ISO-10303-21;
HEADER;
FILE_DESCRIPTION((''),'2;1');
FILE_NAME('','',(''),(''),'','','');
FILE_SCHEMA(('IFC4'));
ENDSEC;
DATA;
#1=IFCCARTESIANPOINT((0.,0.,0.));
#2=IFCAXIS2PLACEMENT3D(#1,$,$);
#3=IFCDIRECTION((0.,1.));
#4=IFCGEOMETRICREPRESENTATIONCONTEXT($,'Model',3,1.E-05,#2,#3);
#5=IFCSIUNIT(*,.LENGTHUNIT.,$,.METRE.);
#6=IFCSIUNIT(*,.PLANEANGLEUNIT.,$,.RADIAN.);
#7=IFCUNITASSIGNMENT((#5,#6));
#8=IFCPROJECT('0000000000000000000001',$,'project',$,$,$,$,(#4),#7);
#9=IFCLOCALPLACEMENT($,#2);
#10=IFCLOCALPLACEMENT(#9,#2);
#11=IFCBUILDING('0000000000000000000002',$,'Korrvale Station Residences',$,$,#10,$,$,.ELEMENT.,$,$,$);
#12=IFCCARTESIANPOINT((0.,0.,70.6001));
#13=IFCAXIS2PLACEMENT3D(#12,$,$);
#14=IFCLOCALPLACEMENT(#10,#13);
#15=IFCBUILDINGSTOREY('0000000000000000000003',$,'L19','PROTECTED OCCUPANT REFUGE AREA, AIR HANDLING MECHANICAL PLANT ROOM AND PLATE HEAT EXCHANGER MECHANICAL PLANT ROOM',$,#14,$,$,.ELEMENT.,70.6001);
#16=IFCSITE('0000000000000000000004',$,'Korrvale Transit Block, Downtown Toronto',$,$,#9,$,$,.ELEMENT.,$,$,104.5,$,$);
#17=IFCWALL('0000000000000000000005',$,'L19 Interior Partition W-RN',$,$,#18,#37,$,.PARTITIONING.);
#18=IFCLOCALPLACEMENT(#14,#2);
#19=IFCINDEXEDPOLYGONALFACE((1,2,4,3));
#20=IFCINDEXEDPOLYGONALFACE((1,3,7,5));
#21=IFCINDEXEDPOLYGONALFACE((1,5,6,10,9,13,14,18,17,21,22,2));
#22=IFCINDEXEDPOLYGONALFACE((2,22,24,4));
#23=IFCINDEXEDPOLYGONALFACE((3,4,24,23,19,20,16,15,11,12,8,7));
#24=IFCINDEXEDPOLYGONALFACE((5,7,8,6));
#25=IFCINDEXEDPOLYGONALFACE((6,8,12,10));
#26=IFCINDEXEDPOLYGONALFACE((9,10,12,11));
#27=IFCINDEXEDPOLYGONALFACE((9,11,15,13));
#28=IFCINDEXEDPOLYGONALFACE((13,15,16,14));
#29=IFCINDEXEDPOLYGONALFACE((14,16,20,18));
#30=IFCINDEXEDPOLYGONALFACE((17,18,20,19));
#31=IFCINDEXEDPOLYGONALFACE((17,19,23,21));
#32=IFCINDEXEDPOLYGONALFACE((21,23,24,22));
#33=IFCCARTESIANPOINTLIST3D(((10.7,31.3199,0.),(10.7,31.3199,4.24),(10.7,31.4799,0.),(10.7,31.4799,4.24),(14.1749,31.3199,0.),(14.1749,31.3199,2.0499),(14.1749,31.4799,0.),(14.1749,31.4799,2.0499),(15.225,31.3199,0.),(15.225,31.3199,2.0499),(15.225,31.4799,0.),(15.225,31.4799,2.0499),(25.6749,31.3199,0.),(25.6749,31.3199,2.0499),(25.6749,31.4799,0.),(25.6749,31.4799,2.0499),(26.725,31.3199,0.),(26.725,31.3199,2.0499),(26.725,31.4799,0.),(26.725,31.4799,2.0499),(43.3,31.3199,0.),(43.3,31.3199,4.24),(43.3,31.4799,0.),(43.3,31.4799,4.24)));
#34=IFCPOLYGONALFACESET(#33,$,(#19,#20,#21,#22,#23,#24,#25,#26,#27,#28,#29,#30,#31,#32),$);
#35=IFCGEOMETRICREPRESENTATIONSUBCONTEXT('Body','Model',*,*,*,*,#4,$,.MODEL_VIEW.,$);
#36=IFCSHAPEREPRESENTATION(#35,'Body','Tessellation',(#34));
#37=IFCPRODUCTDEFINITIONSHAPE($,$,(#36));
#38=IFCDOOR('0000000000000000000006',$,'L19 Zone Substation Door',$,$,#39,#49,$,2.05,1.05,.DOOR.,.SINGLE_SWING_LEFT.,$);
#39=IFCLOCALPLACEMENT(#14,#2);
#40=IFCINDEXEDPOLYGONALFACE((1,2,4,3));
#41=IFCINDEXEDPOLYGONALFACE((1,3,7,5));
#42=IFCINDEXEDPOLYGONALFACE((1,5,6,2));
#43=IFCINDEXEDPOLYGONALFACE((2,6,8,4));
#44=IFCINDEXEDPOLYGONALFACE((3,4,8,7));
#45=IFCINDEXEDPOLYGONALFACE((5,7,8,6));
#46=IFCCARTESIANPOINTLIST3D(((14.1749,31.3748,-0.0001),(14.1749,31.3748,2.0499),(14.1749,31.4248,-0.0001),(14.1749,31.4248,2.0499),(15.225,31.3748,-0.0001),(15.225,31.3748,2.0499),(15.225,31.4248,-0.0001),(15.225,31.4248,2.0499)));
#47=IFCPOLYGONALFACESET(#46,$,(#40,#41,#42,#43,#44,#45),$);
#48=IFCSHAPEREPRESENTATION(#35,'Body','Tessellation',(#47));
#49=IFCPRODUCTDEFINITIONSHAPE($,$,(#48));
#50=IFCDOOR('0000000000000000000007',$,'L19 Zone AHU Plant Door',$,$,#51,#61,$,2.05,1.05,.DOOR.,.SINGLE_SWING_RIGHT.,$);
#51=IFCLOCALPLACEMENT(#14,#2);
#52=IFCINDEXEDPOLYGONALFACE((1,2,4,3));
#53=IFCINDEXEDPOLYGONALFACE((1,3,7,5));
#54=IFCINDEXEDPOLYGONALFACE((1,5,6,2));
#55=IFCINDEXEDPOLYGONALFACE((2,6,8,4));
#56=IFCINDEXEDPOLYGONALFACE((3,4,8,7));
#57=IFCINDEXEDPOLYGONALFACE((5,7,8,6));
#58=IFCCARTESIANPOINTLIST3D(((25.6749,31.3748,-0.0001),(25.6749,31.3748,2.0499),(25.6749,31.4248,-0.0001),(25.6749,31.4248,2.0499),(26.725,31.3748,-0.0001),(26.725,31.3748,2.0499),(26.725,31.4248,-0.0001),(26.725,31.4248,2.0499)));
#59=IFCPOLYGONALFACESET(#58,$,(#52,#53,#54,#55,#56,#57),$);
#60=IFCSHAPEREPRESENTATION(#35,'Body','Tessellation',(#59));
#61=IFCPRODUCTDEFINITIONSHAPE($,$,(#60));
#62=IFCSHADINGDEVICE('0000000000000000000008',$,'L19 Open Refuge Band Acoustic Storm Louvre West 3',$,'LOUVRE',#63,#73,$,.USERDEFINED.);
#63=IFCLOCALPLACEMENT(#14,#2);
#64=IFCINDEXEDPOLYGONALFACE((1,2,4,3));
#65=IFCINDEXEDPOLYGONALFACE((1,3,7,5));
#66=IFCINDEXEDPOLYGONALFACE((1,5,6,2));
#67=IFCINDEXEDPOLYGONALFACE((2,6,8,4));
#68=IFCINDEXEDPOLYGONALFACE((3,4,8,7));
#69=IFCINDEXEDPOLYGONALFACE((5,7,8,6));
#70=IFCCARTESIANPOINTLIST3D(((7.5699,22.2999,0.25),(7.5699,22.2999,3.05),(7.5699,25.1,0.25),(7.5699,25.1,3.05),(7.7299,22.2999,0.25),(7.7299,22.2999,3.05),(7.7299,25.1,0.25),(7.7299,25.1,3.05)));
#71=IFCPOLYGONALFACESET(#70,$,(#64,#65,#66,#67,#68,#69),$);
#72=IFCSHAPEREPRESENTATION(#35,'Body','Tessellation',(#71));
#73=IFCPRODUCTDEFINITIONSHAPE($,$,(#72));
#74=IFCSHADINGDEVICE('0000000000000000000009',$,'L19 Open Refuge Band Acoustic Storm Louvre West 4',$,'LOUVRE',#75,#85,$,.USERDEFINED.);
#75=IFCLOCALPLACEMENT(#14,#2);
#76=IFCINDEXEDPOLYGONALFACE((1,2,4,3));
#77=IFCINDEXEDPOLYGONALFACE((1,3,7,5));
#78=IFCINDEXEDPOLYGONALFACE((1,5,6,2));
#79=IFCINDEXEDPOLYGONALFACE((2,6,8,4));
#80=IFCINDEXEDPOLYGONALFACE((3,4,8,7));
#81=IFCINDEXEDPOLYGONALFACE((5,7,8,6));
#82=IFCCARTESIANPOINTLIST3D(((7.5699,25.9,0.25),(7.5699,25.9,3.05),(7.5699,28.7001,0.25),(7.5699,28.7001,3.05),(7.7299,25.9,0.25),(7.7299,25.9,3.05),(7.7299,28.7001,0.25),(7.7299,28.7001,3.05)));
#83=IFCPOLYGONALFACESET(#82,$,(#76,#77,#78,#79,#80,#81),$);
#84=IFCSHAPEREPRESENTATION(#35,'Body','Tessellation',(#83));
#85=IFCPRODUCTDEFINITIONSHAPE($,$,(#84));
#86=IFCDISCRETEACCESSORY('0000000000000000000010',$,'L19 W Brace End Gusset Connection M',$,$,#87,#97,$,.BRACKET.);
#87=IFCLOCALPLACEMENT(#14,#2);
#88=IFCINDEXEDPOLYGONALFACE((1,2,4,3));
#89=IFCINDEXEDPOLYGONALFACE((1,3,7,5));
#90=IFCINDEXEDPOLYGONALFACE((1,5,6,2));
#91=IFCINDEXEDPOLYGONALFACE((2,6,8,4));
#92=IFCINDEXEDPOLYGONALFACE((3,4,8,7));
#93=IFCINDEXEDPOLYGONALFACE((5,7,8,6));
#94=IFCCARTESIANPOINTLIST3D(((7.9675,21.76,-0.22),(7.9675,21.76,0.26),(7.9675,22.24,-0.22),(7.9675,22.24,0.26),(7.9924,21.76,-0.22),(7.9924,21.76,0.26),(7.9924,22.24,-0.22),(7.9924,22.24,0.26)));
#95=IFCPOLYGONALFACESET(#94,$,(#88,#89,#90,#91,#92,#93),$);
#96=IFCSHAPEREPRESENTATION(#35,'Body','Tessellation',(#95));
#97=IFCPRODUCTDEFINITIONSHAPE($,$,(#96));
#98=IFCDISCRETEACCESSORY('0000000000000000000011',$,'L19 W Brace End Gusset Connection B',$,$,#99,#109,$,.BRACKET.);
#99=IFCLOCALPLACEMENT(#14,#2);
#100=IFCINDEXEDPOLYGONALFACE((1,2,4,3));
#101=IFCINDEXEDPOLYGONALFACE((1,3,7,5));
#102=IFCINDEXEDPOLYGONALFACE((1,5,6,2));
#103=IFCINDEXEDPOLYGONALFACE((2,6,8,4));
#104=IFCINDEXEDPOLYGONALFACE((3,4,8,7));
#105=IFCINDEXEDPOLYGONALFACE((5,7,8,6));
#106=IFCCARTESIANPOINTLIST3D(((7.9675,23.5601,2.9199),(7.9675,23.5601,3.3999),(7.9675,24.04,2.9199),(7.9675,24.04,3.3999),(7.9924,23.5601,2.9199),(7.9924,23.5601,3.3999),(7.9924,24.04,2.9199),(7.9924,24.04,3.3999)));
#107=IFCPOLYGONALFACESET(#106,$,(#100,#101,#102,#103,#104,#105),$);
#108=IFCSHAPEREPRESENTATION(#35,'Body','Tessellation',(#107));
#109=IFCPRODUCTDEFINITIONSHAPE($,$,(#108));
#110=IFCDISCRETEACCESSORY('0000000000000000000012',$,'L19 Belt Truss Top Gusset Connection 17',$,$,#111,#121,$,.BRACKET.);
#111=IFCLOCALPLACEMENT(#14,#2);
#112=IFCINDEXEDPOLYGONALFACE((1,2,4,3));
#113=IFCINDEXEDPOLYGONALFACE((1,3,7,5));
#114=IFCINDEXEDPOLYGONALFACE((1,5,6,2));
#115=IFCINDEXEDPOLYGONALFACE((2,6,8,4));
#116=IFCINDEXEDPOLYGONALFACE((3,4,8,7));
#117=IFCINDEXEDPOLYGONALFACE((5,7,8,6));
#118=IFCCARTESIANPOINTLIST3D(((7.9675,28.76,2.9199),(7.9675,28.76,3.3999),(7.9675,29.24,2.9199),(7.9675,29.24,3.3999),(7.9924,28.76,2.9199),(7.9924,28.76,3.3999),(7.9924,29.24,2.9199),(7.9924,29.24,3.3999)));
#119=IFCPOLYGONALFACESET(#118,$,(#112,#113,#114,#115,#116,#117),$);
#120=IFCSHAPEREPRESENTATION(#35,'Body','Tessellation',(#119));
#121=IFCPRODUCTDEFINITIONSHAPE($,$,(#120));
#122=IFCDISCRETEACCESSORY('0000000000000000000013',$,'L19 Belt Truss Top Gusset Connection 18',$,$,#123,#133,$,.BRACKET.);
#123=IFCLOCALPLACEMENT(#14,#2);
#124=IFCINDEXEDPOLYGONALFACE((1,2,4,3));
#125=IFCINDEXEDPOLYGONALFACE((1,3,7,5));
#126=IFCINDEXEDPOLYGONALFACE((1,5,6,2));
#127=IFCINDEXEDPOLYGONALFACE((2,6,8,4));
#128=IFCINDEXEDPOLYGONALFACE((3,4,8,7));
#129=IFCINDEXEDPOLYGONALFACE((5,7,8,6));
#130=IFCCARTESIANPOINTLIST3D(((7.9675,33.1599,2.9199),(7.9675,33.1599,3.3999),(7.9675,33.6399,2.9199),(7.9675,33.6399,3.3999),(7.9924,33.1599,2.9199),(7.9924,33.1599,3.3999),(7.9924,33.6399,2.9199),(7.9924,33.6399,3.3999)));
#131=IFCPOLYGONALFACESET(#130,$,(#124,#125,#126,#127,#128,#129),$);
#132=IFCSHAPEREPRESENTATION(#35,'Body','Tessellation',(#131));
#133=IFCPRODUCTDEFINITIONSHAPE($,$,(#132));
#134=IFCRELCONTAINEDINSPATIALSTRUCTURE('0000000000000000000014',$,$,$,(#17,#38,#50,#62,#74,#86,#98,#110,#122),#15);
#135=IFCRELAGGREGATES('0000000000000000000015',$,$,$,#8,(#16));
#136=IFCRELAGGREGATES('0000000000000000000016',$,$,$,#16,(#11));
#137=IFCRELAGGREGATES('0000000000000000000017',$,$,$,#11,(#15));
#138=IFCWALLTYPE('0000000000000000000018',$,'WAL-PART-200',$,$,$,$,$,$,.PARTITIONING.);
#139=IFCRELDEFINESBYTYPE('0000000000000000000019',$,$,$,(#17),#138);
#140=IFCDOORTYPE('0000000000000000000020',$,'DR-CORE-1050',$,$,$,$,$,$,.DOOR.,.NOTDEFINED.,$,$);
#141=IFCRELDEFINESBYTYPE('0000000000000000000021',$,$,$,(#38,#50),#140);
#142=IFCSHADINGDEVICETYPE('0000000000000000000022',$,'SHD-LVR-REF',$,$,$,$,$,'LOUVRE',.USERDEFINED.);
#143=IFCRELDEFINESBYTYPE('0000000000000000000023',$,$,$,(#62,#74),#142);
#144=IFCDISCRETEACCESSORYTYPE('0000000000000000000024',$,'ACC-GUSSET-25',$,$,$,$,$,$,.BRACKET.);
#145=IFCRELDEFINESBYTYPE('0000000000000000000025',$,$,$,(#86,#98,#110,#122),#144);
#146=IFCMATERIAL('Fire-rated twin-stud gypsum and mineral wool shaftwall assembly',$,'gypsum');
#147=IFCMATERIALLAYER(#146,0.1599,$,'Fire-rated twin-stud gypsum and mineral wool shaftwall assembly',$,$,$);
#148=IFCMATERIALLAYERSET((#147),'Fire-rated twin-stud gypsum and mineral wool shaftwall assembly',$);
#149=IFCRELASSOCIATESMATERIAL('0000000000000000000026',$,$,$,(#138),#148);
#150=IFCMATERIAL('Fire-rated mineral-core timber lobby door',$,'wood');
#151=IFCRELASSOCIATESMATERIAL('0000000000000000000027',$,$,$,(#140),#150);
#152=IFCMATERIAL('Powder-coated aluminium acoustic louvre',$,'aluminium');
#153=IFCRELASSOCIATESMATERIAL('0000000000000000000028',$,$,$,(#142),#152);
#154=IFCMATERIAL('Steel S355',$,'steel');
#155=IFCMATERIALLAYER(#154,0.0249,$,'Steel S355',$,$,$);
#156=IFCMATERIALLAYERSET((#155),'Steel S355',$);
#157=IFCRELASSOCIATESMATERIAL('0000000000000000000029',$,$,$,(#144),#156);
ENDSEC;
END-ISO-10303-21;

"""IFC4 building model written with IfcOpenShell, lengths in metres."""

from ifc_helpers import new_model, si_unit, direction, frame, frame_2d, origin, origin_2d, place, context, subcontext, project, spatial, rectangle, extrude, material, layer, layer_set, type_object, element, fill, save


model = new_model("IFC4")

# Units and contexts
model_context = context("Model", 3, precision=1e-05, world=origin(), true_north=direction((0.0, 1.0)))
body_context = subcontext(model_context, "Body", "Model", "MODEL_VIEW")
ifc_project = project(units=[si_unit("LENGTHUNIT", "METRE"), si_unit("PLANEANGLEUNIT", "RADIAN")], contexts=[model_context])

# Site, building, storey
site_placement = place(None, origin())
site = spatial("IfcSite", under=ifc_project, at=site_placement, Name="Korrvale Transit Block, Downtown Toronto", CompositionType="ELEMENT", RefElevation=104.5)
building_placement = place(site_placement, origin())
building = spatial("IfcBuilding", under=site, at=building_placement, Name="Korrvale Station Residences", CompositionType="ELEMENT")
storey_placement = place(building_placement, frame((0.0, 0.0, 70.6001)))
storey = spatial("IfcBuildingStorey", under=building, at=storey_placement, Name="L19", Description="PROTECTED OCCUPANT REFUGE AREA, AIR HANDLING MECHANICAL PLANT ROOM AND PLATE HEAT EXCHANGER MECHANICAL PLANT ROOM", CompositionType="ELEMENT", Elevation=70.6001)

# Shared definitions
ifc_material_1 = material(Name="Steel S355", Category="steel")

# Wall, openings, doors
ifc_material_2 = material(Name="Fire-rated twin-stud gypsum and mineral wool shaftwall assembly", Category="gypsum")
ifc_layer_1 = layer(ifc_material_2, 0.1599, Name="Fire-rated twin-stud gypsum and mineral wool shaftwall assembly")
ifc_layer_set_1 = layer_set([ifc_layer_1], Name="Fire-rated twin-stud gypsum and mineral wool shaftwall assembly")
wall_type = type_object("IfcWallType", Name="WAL-PART-200", PredefinedType="PARTITIONING", material=ifc_layer_set_1)
wall_placement = place(storey_placement, frame((10.7, 31.3999, 0.0), z_axis=(0.0, 0.0, 1.0), x_axis=(1.0, 0.0, 0.0)))
wall = element("IfcWall", 1, at=wall_placement, inside=storey, type_object=wall_type, Name="L19 Interior Partition W-RN", PredefinedType="PARTITIONING", context=body_context, shape_type="SweptSolid", body=[
    extrude(rectangle(XDim=32.6001, YDim=0.1599, at=frame_2d((16.3, 0.0))), origin(), (0.0, 0.0, 1.0), 4.24),
])
opening_1_placement = place(wall_placement, frame((3.4751, 0.0, 0.0)))
opening_1 = element("IfcOpeningElement", 2, at=opening_1_placement, cuts=wall, PredefinedType="OPENING", context=body_context, shape_type="SweptSolid", body=[
    extrude(rectangle(XDim=1.05, YDim=2.05, at=frame_2d((0.5249, 1.0249))), frame((0.0, 0.0898, 0.0), z_axis=(0.0, -1.0, 0.0), x_axis=(1.0, 0.0, 0.0)), (0.0, 0.0, 1.0), 0.1799),
])
opening_2_placement = place(wall_placement, frame((14.9751, 0.0, 0.0)))
opening_2 = element("IfcOpeningElement", 3, at=opening_2_placement, cuts=wall, PredefinedType="OPENING", context=body_context, shape_type="SweptSolid", body=[
    extrude(rectangle(XDim=1.05, YDim=2.05, at=frame_2d((0.5249, 1.0249))), frame((0.0, 0.0898, 0.0), z_axis=(0.0, -1.0, 0.0), x_axis=(1.0, 0.0, 0.0)), (0.0, 0.0, 1.0), 0.1799),
])
ifc_material_3 = material(Name="Fire-rated mineral-core timber lobby door", Category="wood")
door_type = type_object("IfcDoorType", Name="DR-CORE-1050", OperationType="NOTDEFINED", PredefinedType="DOOR", material=ifc_material_3)
door_1_placement = place(opening_1_placement, origin())
door_1 = element("IfcDoor", 4, at=door_1_placement, inside=storey, type_object=door_type, Name="L19 Zone Substation Door", OperationType="SINGLE_SWING_LEFT", OverallHeight=2.05, OverallWidth=1.05, PredefinedType="DOOR", context=body_context, shape_type="SweptSolid", body=[
    extrude(rectangle(XDim=1.05, YDim=2.05, at=frame_2d((0.5249, 1.0249))), frame((0.0, 0.0249, 0.0), z_axis=(0.0, -1.0, 0.0), x_axis=(1.0, 0.0, 0.0)), (0.0, 0.0, 1.0), 0.05),
])
fill(opening_1, door_1)
door_2_placement = place(opening_2_placement, origin())
door_2 = element("IfcDoor", 5, at=door_2_placement, inside=storey, type_object=door_type, Name="L19 Zone AHU Plant Door", OperationType="SINGLE_SWING_RIGHT", OverallHeight=2.05, OverallWidth=1.05, PredefinedType="DOOR", context=body_context, shape_type="SweptSolid", body=[
    extrude(rectangle(XDim=1.05, YDim=2.05, at=frame_2d((0.5249, 1.0249))), frame((0.0, 0.0249, 0.0), z_axis=(0.0, -1.0, 0.0), x_axis=(1.0, 0.0, 0.0)), (0.0, 0.0, 1.0), 0.05),
])
fill(opening_2, door_2)

# Shading devices
ifc_material_4 = material(Name="Powder-coated aluminium acoustic louvre", Category="aluminium")
shading_device_type = type_object("IfcShadingDeviceType", Name="SHD-LVR-REF", ElementType="LOUVRE", PredefinedType="USERDEFINED", material=ifc_material_4)
for number, where, z_axis, x_axis, name in (
    (6, (7.6499, 23.7, 0.25), (0.0, 0.0, 1.0), (1.0, 0.0, 0.0), "L19 Open Refuge Band Acoustic Storm Louvre West 3"),
    (7, (7.6499, 27.3, 0.25), (0.0, 0.0, 1.0), (1.0, 0.0, 0.0), "L19 Open Refuge Band Acoustic Storm Louvre West 4"),
):
    element("IfcShadingDevice", number, at=place(storey_placement, frame(where, z_axis=z_axis, x_axis=x_axis)), inside=storey, type_object=shading_device_type, Name=name, ObjectType="LOUVRE", PredefinedType="USERDEFINED", context=body_context, shape_type="SweptSolid", body=[
        extrude(rectangle(XDim=0.1599, YDim=2.8, at=origin_2d()), origin(), (0.0, 0.0, 1.0), 2.8),
    ])

# Discrete accessories
ifc_layer_2 = layer(ifc_material_1, 0.0249, Name="Steel S355")
ifc_layer_set_2 = layer_set([ifc_layer_2], Name="Steel S355")
discrete_accessory_type = type_object("IfcDiscreteAccessoryType", Name="ACC-GUSSET-25", PredefinedType="BRACKET", material=ifc_layer_set_2)
for number, where, z_axis, x_axis, name in (
    (8, (7.98, 22.0, -0.22), (0.0, 0.0, 1.0), (0.0, 1.0, 0.0), "L19 W Brace End Gusset Connection M"),
    (9, (7.98, 23.8, 2.9199), (0.0, 0.0, 1.0), (0.0, 1.0, 0.0), "L19 W Brace End Gusset Connection B"),
    (10, (7.98, 29.0, 2.9199), (0.0, 0.0, 1.0), (0.0, 1.0, 0.0), "L19 Belt Truss Top Gusset Connection 17"),
    (11, (7.98, 33.3999, 2.9199), (0.0, 0.0, 1.0), (0.0, 1.0, 0.0), "L19 Belt Truss Top Gusset Connection 18"),
):
    element("IfcDiscreteAccessory", number, at=place(storey_placement, frame(where, z_axis=z_axis, x_axis=x_axis)), inside=storey, type_object=discrete_accessory_type, Name=name, PredefinedType="BRACKET", context=body_context, shape_type="SweptSolid", body=[
        extrude(rectangle(XDim=0.48, YDim=0.0249, at=origin_2d()), origin(), (0.0, 0.0, 1.0), 0.48),
    ])

save(model, "model.ifc")
